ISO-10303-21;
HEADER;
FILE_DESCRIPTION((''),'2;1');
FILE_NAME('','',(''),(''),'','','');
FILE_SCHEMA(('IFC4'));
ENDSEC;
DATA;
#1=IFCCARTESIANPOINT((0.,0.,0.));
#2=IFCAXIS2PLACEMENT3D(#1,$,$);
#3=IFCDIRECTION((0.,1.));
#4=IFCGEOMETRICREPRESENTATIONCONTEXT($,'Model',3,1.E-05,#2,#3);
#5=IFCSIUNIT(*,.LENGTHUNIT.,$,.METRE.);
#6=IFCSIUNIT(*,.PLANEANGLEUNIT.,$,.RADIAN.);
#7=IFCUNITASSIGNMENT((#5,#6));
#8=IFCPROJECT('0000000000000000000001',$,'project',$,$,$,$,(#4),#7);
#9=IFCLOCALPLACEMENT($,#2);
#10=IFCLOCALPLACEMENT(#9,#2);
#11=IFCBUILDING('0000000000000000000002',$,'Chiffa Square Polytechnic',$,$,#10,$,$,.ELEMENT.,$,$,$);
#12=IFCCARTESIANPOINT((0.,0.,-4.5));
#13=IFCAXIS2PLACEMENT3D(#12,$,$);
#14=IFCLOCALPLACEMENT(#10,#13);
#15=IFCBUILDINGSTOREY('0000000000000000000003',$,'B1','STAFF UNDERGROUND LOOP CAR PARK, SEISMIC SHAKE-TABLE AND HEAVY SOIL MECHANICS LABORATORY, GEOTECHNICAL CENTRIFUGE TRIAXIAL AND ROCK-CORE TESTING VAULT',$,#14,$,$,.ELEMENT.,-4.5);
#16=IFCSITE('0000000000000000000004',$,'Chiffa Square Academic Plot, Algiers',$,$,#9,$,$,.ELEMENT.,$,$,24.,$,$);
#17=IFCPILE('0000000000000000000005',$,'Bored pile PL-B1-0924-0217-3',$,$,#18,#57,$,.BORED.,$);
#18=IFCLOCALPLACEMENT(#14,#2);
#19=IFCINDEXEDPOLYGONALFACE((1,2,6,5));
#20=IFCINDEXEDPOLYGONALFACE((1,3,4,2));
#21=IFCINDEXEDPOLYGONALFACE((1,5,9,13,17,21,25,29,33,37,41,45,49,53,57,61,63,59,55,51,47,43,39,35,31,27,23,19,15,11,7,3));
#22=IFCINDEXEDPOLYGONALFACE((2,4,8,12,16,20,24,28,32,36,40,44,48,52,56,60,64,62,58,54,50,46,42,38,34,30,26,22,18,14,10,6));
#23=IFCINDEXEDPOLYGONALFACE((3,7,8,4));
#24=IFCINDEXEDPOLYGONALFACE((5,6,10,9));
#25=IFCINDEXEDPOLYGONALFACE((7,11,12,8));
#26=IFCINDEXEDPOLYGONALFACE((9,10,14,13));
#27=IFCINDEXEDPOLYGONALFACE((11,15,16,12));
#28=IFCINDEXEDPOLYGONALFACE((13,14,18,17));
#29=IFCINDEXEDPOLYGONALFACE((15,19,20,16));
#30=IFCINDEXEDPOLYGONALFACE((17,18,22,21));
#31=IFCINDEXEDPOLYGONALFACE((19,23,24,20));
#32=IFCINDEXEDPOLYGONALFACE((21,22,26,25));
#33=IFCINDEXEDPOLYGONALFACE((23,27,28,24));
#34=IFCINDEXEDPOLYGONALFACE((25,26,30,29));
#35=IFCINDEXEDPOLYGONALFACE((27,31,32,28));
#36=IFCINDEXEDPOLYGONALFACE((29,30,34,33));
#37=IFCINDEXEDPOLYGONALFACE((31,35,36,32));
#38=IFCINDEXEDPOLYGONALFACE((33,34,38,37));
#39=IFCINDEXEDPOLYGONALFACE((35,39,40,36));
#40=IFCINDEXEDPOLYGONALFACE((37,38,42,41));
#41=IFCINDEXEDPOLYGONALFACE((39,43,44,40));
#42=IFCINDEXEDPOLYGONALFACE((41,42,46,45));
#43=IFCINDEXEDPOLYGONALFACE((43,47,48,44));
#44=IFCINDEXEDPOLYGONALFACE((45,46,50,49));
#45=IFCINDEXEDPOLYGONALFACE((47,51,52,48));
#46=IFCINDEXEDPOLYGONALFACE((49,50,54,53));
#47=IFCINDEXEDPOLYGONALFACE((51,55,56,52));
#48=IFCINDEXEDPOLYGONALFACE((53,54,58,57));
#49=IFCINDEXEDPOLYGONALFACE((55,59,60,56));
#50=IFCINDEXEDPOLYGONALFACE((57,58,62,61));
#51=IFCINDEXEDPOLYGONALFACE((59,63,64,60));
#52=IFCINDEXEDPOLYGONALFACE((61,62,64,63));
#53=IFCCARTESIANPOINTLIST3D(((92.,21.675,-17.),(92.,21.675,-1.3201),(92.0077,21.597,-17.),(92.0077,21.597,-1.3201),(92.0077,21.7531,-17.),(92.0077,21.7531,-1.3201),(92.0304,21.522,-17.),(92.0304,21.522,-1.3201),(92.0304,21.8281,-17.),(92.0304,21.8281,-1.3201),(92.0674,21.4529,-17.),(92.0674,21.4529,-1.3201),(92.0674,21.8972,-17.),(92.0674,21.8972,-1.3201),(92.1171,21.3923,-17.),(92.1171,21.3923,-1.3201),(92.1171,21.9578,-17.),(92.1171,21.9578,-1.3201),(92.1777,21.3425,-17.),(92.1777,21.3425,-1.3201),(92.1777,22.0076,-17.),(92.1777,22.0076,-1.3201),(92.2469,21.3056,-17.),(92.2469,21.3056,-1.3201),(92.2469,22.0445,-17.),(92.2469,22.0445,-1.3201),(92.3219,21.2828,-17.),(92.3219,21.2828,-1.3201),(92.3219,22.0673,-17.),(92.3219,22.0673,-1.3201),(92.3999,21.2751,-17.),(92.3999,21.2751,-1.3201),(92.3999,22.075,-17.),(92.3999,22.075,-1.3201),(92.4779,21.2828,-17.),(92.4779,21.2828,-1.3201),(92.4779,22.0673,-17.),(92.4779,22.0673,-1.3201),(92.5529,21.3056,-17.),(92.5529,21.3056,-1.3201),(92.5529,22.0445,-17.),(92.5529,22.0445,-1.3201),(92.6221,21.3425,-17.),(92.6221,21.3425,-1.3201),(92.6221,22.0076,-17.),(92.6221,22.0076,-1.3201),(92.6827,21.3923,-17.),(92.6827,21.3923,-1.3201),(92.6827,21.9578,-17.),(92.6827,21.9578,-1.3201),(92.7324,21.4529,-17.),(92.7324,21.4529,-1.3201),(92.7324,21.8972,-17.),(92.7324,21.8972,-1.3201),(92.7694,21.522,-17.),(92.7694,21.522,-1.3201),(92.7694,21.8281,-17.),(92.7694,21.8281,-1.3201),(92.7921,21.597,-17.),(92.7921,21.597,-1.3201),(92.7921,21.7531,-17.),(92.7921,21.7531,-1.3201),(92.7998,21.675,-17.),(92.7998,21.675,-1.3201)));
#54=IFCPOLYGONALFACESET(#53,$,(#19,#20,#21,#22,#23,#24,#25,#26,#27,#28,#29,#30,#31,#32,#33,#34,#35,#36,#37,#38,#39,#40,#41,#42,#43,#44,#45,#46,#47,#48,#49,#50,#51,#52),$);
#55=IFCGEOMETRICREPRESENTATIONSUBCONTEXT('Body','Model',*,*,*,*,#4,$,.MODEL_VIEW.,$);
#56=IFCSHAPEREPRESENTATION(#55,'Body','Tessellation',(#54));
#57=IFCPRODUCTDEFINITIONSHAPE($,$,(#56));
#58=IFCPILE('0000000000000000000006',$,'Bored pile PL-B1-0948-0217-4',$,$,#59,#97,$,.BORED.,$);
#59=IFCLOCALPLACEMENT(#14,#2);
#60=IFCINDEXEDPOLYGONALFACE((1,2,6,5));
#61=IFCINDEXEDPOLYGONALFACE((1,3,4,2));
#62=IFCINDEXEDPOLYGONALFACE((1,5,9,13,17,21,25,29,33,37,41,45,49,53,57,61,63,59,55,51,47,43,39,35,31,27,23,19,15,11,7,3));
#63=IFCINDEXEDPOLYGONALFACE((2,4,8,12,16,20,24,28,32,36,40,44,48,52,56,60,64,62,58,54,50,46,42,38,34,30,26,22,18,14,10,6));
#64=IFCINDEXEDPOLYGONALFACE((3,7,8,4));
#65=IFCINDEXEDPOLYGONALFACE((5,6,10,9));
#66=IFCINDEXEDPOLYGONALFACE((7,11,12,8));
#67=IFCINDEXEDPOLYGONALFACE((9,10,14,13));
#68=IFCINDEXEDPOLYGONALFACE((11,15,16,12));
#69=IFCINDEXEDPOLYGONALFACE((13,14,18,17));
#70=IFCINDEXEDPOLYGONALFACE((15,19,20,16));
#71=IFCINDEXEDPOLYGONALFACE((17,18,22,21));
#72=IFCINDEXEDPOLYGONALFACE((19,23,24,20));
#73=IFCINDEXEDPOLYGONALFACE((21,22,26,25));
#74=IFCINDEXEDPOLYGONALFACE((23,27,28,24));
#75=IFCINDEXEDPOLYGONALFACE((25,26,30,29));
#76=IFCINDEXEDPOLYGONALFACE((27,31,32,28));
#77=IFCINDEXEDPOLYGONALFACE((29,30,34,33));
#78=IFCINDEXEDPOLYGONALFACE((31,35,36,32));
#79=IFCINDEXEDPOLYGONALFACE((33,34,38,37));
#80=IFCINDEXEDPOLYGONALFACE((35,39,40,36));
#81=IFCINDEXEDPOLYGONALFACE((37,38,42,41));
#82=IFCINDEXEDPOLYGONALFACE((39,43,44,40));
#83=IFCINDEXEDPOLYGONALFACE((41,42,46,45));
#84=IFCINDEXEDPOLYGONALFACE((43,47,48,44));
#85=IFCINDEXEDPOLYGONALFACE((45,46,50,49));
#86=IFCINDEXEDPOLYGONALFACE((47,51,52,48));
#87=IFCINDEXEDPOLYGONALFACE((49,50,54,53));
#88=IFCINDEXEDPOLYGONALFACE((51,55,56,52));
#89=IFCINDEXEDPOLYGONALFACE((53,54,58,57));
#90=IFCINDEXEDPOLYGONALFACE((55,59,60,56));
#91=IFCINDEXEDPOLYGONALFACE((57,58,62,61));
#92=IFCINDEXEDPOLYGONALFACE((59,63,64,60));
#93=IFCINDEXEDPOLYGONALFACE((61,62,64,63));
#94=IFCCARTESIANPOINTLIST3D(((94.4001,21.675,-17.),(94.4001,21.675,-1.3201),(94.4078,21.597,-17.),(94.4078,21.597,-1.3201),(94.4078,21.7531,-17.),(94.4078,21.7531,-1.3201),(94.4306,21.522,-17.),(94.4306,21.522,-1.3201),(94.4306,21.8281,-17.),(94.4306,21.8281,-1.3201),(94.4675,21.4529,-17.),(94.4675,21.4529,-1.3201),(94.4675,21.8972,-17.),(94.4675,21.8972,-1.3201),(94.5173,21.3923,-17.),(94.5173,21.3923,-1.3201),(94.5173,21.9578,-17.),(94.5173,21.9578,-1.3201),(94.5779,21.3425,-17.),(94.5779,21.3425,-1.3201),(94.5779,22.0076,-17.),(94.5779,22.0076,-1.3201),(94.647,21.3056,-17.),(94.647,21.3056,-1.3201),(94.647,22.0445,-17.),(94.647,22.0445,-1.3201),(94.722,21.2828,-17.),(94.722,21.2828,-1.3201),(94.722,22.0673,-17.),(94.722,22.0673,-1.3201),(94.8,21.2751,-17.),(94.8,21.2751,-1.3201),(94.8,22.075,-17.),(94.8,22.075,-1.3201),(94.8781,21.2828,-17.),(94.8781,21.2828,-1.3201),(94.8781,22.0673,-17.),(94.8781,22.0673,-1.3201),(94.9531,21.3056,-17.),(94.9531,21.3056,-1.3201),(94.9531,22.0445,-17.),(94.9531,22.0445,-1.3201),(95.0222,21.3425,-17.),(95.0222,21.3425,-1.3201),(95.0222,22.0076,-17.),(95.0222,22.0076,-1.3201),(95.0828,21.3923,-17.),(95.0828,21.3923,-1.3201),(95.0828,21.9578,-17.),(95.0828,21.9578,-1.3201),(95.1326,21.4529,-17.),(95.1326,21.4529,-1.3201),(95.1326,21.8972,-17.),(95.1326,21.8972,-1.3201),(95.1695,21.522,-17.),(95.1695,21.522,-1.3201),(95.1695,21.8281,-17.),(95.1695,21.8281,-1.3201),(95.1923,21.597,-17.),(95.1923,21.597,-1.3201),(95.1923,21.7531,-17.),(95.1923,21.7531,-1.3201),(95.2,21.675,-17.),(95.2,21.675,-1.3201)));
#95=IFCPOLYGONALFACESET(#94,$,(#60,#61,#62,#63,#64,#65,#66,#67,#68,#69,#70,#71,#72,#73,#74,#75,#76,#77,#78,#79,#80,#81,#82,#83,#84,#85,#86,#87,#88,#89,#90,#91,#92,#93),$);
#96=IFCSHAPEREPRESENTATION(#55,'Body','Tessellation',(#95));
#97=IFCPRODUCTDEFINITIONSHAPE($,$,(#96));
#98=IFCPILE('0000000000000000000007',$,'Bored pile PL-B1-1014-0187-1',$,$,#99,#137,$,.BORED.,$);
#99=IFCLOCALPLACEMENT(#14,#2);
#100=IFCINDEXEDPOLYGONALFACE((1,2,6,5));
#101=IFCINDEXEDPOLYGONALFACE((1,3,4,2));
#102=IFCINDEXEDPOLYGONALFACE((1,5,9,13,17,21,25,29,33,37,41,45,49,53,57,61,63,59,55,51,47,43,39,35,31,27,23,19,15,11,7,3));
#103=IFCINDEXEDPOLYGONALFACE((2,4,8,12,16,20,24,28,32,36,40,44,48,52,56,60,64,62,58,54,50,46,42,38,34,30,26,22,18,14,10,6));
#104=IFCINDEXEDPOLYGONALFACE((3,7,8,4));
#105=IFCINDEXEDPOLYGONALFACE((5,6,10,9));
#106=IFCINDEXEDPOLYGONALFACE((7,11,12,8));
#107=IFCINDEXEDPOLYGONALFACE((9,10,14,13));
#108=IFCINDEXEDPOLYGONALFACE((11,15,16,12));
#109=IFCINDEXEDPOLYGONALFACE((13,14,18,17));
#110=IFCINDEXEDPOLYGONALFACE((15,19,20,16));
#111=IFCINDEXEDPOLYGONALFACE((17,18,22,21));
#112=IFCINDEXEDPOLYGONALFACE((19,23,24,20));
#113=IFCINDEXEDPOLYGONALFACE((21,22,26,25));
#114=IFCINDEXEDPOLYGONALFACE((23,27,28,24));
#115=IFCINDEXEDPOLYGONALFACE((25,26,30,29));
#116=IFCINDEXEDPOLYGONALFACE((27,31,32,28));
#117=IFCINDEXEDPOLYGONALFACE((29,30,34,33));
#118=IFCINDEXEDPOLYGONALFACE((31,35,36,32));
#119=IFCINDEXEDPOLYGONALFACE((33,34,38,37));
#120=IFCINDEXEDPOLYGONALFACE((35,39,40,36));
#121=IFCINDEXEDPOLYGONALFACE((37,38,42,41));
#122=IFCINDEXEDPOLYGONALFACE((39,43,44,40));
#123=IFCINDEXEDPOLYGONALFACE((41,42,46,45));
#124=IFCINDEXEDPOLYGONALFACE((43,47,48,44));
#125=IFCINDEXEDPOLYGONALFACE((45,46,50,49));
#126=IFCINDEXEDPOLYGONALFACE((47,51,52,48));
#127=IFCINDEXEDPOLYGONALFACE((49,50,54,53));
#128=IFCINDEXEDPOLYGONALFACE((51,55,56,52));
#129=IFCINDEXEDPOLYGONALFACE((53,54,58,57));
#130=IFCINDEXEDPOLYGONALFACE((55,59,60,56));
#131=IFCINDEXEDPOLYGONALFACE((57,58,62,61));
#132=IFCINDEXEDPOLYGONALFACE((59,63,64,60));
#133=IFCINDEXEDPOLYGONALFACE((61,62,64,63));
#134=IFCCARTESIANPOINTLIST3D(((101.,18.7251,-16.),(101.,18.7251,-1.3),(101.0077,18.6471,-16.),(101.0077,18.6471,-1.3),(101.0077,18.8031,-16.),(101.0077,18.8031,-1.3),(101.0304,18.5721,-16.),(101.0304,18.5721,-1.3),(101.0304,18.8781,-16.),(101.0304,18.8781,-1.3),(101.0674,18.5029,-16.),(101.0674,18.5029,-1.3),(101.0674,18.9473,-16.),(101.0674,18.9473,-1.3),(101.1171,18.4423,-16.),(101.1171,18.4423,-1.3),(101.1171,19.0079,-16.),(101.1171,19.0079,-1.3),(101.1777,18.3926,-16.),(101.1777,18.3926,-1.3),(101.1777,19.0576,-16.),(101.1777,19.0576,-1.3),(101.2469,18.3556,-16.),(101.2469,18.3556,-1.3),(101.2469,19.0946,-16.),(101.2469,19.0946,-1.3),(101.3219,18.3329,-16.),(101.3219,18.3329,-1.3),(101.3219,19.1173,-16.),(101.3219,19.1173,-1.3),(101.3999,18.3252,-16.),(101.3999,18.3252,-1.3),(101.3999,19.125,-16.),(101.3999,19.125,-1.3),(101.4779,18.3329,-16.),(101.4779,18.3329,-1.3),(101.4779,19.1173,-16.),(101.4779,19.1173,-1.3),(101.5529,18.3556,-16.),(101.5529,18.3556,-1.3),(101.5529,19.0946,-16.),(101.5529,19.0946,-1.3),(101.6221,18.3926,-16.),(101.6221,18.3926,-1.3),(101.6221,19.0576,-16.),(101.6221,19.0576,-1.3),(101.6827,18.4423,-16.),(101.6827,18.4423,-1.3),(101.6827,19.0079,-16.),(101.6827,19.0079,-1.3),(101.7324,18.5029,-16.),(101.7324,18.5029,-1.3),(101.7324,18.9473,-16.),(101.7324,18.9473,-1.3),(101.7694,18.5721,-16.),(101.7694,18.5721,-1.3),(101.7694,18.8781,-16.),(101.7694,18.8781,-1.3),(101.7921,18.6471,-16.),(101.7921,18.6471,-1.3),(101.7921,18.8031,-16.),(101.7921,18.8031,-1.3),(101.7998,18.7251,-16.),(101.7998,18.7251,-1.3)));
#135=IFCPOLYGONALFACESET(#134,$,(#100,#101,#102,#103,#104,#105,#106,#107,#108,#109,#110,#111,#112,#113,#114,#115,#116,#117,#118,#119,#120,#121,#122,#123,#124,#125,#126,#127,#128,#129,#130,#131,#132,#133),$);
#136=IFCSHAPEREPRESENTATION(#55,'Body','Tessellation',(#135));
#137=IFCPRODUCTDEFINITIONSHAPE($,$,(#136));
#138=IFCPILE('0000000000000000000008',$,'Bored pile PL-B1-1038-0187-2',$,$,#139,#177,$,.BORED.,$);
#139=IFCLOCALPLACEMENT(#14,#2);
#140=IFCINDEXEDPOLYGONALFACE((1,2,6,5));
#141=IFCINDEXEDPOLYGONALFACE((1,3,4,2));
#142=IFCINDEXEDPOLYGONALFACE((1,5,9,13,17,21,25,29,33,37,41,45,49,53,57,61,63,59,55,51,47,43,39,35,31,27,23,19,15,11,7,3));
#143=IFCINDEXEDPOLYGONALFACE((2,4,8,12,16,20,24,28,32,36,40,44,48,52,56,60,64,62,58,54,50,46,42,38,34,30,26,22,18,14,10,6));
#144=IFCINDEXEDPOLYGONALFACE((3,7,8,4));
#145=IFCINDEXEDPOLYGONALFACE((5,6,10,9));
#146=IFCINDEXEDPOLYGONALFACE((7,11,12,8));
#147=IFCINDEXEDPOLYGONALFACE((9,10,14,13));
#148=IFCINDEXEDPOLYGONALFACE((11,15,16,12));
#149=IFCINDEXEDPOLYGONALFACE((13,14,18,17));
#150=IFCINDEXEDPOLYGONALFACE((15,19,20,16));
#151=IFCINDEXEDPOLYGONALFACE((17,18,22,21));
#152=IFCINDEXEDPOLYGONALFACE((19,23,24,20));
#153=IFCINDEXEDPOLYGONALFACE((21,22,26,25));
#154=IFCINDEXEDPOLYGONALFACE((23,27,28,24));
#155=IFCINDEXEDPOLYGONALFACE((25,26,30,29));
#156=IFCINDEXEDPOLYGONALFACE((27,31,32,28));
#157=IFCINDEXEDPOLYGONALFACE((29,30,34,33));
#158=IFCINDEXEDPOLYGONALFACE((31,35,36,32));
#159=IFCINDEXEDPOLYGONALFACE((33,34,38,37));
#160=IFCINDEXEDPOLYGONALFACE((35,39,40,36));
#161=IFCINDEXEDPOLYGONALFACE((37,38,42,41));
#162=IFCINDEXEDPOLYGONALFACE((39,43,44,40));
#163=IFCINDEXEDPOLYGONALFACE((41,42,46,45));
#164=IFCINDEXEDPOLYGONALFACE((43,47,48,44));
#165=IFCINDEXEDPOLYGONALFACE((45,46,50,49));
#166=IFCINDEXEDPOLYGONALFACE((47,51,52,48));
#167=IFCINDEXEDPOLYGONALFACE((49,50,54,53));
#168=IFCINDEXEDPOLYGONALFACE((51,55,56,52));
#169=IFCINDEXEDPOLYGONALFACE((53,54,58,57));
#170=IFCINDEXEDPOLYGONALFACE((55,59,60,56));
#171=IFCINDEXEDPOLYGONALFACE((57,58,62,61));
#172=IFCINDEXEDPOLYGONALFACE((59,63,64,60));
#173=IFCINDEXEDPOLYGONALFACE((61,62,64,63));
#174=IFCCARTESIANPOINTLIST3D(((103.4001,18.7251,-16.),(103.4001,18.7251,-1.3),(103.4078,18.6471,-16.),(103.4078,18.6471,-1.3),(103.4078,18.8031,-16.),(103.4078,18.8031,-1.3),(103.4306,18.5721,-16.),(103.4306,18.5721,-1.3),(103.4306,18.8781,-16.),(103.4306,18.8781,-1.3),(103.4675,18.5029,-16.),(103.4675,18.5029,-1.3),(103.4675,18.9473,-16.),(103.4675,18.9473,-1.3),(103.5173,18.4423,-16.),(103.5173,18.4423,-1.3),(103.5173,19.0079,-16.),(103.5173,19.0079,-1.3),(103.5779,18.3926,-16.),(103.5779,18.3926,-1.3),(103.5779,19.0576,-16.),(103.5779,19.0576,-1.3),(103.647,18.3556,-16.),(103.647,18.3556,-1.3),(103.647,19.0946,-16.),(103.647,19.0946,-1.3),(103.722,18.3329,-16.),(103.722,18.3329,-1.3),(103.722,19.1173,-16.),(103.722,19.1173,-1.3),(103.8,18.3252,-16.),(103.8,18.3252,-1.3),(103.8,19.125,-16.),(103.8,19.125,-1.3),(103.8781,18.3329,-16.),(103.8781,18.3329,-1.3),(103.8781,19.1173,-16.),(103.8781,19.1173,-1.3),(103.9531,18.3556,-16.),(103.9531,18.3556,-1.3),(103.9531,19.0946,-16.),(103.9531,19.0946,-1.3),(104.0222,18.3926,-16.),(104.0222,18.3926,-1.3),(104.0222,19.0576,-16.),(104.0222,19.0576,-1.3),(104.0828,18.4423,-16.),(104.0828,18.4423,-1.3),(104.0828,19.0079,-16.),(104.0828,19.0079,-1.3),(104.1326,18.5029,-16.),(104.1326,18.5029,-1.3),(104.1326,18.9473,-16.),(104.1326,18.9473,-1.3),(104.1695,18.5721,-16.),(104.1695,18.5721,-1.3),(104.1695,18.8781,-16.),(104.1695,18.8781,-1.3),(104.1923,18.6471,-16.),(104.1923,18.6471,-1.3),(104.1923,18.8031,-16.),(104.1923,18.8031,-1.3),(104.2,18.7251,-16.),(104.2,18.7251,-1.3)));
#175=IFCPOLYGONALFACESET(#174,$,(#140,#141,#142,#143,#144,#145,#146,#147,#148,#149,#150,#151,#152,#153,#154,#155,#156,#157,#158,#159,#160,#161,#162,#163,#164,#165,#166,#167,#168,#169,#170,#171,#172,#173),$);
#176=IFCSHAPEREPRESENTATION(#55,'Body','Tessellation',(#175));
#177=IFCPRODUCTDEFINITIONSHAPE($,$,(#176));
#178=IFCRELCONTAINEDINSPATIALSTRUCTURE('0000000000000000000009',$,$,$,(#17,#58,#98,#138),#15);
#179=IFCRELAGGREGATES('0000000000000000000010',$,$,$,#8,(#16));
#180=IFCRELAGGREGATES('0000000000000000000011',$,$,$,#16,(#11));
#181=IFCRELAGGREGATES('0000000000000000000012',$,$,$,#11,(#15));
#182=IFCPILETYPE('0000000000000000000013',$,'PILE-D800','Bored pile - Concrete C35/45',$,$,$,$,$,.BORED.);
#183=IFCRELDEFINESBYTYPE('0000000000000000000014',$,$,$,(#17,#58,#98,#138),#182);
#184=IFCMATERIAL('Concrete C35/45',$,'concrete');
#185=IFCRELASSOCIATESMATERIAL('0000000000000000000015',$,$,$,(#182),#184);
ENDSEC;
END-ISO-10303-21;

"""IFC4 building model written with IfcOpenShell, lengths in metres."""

from ifc_helpers import new_model, si_unit, direction, frame, origin, origin_2d, place, context, subcontext, project, spatial, circle, extrude, material, material_profile, profile_set, type_object, element, save


model = new_model("IFC4")

# Units and contexts
model_context = context("Model", 3, precision=1e-05, world=origin(), true_north=direction((0.0, 1.0)))
body_context = subcontext(model_context, "Body", "Model", "MODEL_VIEW")
ifc_project = project(units=[si_unit("LENGTHUNIT", "METRE"), si_unit("PLANEANGLEUNIT", "RADIAN")], contexts=[model_context])

# Site, building, storey
site_placement = place(None, origin())
site = spatial("IfcSite", under=ifc_project, at=site_placement, Name="Chiffa Square Academic Plot, Algiers", CompositionType="ELEMENT", RefElevation=24.0)
building_placement = place(site_placement, origin())
building = spatial("IfcBuilding", under=site, at=building_placement, Name="Chiffa Square Polytechnic", CompositionType="ELEMENT")
storey_placement = place(building_placement, frame((0.0, 0.0, -4.5)))
storey = spatial("IfcBuildingStorey", under=building, at=storey_placement, Name="B1", Description="STAFF UNDERGROUND LOOP CAR PARK, SEISMIC SHAKE-TABLE AND HEAVY SOIL MECHANICS LABORATORY, GEOTECHNICAL CENTRIFUGE TRIAXIAL AND ROCK-CORE TESTING VAULT", CompositionType="ELEMENT", Elevation=-4.5)

# Shared definitions
ifc_material = material(Name="Concrete C35/45", Category="concrete")

# Piles
ifc_material_profile_1 = material_profile(ifc_material, circle(Radius=0.3999, at=origin_2d()), Name="PILE D800")
ifc_profile_set_1 = profile_set([ifc_material_profile_1], Name="Concrete C35/45")
pile_type_1 = type_object("IfcPileType", Name="PILE-D800", Description="Bored pile - Concrete C35/45", PredefinedType="BORED", material=ifc_profile_set_1)
for number, where, z_axis, x_axis, name in (
    (1, (92.3999, 21.675, -1.3201), (0.0, 0.0, -1.0), (1.0, 0.0, 0.0), "Bored pile PL-B1-0924-0217-3"),
    (2, (94.8, 21.675, -1.3201), (0.0, 0.0, -1.0), (1.0, 0.0, 0.0), "Bored pile PL-B1-0948-0217-4"),
):
    element("IfcPile", number, at=place(storey_placement, frame(where, z_axis=z_axis, x_axis=x_axis)), inside=storey, type_object=pile_type_1, Name=name, PredefinedType="BORED", context=body_context, shape_type="SweptSolid", body=[
        extrude(circle(Radius=0.3999, at=origin_2d()), origin(), (0.0, 0.0, 1.0), 15.6799),
    ])
for number, where, z_axis, x_axis, name in (
    (3, (101.3999, 18.7251, -1.3), (0.0, 0.0, -1.0), (1.0, 0.0, 0.0), "Bored pile PL-B1-1014-0187-1"),
    (4, (103.8, 18.7251, -1.3), (0.0, 0.0, -1.0), (1.0, 0.0, 0.0), "Bored pile PL-B1-1038-0187-2"),
):
    element("IfcPile", number, at=place(storey_placement, frame(where, z_axis=z_axis, x_axis=x_axis)), inside=storey, type_object=pile_type_1, Name=name, PredefinedType="BORED", context=body_context, shape_type="SweptSolid", body=[
        extrude(circle(Radius=0.3999, at=origin_2d()), origin(), (0.0, 0.0, 1.0), 14.7),
    ])

save(model, "model.ifc")
